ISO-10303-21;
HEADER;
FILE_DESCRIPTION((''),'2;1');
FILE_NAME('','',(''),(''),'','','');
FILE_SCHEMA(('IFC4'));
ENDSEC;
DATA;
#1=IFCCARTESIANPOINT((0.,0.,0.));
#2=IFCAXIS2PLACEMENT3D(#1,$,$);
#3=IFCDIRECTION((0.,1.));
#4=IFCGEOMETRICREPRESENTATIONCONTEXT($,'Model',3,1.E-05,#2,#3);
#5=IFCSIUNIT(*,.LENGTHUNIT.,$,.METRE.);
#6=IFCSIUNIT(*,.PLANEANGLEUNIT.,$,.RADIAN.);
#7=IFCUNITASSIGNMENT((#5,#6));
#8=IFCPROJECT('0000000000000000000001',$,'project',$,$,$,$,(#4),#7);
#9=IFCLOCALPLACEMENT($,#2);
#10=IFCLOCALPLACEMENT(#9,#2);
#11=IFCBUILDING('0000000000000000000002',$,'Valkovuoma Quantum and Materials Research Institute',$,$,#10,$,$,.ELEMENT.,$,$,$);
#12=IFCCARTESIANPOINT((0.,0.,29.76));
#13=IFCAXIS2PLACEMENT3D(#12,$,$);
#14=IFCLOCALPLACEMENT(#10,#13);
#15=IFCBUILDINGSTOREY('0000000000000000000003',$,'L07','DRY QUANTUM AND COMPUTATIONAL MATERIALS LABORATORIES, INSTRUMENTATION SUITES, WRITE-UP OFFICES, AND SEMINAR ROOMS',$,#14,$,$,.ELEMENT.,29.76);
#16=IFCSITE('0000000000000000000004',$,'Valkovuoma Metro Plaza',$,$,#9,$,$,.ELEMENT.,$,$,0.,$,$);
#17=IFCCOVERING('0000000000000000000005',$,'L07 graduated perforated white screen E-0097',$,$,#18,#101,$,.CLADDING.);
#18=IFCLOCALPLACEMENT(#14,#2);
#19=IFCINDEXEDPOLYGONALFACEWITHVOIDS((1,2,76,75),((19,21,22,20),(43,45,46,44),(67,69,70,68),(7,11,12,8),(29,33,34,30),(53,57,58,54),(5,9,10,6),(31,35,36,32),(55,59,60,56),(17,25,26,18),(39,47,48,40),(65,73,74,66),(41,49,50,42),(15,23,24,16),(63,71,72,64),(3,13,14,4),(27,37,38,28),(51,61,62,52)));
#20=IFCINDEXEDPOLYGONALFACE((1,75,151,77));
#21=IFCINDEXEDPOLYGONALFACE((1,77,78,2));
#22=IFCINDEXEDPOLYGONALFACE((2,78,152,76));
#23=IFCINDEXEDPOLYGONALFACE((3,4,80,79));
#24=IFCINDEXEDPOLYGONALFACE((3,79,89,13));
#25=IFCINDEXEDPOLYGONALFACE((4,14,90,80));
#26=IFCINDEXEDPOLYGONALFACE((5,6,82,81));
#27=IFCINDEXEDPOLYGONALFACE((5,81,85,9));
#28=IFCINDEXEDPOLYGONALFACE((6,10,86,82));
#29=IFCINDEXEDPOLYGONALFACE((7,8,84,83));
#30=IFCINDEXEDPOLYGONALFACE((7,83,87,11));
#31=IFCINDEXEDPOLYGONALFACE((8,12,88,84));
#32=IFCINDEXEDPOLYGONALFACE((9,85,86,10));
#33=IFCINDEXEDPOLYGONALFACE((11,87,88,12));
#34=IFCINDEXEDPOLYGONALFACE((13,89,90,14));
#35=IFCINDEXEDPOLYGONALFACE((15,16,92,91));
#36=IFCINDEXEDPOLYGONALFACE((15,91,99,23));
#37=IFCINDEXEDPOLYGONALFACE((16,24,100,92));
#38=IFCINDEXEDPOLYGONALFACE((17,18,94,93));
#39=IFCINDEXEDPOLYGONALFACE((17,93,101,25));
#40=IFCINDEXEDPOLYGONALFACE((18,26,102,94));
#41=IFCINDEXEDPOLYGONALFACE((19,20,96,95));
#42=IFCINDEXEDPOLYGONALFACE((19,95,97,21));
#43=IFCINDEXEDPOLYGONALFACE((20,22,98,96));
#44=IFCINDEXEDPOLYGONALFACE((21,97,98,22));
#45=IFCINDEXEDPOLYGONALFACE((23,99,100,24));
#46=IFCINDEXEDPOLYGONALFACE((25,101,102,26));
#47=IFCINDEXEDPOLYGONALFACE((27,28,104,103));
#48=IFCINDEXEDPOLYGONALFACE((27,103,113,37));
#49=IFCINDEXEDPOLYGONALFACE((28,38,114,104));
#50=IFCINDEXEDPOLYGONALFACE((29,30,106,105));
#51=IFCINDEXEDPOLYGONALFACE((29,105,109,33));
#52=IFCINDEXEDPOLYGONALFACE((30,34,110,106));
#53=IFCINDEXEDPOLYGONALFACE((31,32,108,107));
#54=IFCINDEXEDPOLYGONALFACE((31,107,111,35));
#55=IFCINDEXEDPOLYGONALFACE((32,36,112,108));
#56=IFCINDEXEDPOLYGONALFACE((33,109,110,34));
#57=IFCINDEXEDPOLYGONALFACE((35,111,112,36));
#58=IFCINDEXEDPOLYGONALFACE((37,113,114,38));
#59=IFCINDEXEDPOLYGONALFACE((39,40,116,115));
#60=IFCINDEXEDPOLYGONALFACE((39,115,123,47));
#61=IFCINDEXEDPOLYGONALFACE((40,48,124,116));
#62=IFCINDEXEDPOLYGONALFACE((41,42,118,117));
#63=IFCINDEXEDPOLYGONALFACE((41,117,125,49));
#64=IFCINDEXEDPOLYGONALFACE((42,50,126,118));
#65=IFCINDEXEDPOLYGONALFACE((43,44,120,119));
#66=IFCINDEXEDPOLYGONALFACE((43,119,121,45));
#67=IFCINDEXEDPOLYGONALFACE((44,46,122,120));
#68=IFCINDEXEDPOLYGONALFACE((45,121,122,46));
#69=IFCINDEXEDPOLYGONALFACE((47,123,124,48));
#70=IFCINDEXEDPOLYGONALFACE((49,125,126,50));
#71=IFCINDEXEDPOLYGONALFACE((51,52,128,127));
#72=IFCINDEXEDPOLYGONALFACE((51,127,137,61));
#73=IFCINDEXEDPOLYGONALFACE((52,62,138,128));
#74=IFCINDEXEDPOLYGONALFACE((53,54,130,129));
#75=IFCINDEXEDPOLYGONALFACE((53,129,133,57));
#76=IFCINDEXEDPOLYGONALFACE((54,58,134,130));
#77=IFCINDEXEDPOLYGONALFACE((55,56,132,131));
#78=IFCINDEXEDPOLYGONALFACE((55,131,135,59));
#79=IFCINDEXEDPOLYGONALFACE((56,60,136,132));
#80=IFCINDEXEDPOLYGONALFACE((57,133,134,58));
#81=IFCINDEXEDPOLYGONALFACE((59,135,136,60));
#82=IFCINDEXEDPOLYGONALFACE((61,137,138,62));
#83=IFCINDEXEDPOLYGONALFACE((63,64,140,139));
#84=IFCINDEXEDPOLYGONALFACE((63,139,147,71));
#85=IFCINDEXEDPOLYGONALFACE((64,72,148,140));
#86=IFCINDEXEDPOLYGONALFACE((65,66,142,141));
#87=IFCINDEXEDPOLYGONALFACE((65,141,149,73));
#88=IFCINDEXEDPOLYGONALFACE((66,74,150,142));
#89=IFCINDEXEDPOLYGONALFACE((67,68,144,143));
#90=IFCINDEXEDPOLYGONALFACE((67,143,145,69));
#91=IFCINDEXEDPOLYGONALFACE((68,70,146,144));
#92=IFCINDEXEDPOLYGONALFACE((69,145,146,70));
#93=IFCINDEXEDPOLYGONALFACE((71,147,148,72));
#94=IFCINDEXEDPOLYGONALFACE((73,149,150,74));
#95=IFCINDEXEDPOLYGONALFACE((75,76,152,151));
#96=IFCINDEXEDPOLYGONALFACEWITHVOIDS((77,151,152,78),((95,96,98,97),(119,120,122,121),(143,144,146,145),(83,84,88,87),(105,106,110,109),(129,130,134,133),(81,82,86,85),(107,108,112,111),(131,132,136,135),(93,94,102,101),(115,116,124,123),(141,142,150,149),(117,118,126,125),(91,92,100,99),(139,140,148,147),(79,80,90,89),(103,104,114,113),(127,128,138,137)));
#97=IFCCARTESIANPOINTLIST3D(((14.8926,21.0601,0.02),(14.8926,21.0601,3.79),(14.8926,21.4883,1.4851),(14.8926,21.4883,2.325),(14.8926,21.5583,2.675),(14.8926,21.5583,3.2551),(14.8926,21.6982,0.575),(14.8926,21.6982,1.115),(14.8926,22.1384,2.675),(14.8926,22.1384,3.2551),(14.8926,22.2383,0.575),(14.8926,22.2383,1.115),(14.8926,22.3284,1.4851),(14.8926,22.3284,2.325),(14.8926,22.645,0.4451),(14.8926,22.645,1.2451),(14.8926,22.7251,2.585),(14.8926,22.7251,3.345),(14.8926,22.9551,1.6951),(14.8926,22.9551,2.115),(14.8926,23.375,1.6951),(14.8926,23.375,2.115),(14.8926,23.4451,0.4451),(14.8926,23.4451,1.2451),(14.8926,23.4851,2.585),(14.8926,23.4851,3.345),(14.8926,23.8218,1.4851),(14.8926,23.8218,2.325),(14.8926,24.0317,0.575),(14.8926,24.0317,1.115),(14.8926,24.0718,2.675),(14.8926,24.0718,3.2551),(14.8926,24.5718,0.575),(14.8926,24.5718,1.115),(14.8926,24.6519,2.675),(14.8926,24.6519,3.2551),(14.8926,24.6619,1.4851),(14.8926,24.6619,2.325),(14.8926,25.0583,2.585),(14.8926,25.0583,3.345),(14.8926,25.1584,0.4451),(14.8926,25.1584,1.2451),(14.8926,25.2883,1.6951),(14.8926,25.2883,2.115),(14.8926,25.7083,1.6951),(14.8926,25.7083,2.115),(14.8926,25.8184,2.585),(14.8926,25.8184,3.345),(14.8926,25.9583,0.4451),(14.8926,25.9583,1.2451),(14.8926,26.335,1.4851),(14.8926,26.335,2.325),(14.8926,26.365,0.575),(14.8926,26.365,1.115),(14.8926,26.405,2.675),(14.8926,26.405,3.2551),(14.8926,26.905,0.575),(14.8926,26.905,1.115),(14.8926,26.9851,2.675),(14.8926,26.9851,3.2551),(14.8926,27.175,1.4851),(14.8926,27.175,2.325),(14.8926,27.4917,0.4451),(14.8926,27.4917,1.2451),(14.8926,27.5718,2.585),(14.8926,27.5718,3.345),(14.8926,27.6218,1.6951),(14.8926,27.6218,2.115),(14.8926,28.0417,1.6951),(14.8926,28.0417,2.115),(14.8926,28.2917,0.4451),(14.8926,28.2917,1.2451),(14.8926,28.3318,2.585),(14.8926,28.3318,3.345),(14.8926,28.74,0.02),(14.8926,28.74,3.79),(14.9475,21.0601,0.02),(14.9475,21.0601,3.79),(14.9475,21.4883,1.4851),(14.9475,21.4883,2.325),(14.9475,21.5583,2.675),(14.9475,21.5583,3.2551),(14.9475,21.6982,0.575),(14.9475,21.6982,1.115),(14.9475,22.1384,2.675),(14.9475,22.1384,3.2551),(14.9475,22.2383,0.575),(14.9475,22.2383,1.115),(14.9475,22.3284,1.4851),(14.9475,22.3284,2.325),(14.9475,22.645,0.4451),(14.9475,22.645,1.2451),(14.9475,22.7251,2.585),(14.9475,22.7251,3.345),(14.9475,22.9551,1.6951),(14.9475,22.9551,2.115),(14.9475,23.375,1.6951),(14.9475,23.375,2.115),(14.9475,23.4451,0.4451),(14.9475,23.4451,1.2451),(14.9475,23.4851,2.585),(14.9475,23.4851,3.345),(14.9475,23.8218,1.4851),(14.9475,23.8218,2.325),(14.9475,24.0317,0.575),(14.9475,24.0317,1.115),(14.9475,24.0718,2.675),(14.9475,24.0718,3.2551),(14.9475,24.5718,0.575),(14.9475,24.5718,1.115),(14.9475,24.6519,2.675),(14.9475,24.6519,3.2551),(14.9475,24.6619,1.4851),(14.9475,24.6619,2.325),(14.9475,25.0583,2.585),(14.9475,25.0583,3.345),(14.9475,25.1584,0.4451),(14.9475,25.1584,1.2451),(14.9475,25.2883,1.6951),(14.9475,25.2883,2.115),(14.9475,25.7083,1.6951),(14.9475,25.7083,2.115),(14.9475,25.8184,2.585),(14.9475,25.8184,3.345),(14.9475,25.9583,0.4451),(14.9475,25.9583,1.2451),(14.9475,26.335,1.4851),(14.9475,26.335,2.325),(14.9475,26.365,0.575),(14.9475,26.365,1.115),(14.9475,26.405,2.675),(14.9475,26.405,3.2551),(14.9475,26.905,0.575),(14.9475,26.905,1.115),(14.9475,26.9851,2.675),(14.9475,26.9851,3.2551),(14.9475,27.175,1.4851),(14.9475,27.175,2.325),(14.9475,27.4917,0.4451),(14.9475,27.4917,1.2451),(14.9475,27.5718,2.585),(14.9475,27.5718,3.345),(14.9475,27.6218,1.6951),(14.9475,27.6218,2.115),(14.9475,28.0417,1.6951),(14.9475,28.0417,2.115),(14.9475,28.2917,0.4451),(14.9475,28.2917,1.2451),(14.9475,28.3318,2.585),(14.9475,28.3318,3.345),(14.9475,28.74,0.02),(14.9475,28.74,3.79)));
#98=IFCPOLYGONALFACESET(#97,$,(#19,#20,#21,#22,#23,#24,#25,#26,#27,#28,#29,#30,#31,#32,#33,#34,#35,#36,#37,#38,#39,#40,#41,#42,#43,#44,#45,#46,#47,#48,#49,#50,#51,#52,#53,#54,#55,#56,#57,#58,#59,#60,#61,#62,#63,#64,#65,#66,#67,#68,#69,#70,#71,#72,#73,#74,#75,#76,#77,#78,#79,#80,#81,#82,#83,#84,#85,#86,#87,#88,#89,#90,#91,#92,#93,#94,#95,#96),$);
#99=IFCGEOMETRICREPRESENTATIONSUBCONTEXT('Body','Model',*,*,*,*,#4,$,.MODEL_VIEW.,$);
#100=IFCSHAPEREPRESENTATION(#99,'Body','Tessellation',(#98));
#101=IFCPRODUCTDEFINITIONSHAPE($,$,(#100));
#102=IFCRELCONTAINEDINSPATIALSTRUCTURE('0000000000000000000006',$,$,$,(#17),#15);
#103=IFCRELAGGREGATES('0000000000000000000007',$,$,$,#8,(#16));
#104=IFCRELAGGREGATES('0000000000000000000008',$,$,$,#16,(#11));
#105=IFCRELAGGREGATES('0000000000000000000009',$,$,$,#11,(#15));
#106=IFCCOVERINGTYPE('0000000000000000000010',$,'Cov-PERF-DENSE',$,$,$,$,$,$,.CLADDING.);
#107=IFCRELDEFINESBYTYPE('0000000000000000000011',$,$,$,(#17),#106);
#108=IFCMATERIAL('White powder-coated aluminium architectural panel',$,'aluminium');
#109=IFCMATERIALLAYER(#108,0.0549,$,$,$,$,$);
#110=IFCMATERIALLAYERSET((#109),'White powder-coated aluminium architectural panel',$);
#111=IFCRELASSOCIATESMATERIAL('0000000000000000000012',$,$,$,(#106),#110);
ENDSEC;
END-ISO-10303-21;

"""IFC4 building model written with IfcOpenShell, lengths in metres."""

from ifc_helpers import new_model, si_unit, direction, frame, origin, place, context, subcontext, project, spatial, polyline, outline, extrude, material, layer, layer_set, type_object, element, save


model = new_model("IFC4")

# Units and contexts
model_context = context("Model", 3, precision=1e-05, world=origin(), true_north=direction((0.0, 1.0)))
body_context = subcontext(model_context, "Body", "Model", "MODEL_VIEW")
ifc_project = project(units=[si_unit("LENGTHUNIT", "METRE"), si_unit("PLANEANGLEUNIT", "RADIAN")], contexts=[model_context])

# Site, building, storey
site_placement = place(None, origin())
site = spatial("IfcSite", under=ifc_project, at=site_placement, Name="Valkovuoma Metro Plaza", CompositionType="ELEMENT", RefElevation=0.0)
building_placement = place(site_placement, origin())
building = spatial("IfcBuilding", under=site, at=building_placement, Name="Valkovuoma Quantum and Materials Research Institute", CompositionType="ELEMENT")
storey_placement = place(building_placement, frame((0.0, 0.0, 29.76)))
storey = spatial("IfcBuildingStorey", under=building, at=storey_placement, Name="L07", Description="DRY QUANTUM AND COMPUTATIONAL MATERIALS LABORATORIES, INSTRUMENTATION SUITES, WRITE-UP OFFICES, AND SEMINAR ROOMS", CompositionType="ELEMENT", Elevation=29.76)

# Covering
ifc_material_1 = material(Name="White powder-coated aluminium architectural panel", Category="aluminium")
ifc_layer_1 = layer(ifc_material_1, 0.0549)
ifc_layer_set_1 = layer_set([ifc_layer_1], Name="White powder-coated aluminium architectural panel")
covering_type_1 = type_object("IfcCoveringType", Name="Cov-PERF-DENSE", PredefinedType="CLADDING", material=ifc_layer_set_1)
covering_1_placement = place(storey_placement, frame((14.9199, 21.0601, 0.02), z_axis=(0.0, 0.0, 1.0), x_axis=(0.0, 1.0, 0.0)))
element("IfcCovering", 1, at=covering_1_placement, inside=storey, type_object=covering_type_1, Name="L07 graduated perforated white screen E-0097", PredefinedType="CLADDING", context=body_context, shape_type="SweptSolid", body=[
    extrude(outline(polyline([(0.0, 0.0), (7.6799, 0.0), (7.6799, 3.77), (0.0, 3.77), (0.0, 0.0)]), holes=[polyline([(0.6382, 0.5549), (0.6382, 1.095), (1.1782, 1.095), (1.1782, 0.5549), (0.6382, 0.5549)]), polyline([(0.4282, 1.4651), (0.4282, 2.3049), (1.2683, 2.3049), (1.2683, 1.4651), (0.4282, 1.4651)]), polyline([(0.4983, 2.655), (0.4983, 3.2351), (1.0784, 3.2351), (1.0784, 2.655), (0.4983, 2.655)]), polyline([(1.585, 0.425), (1.585, 1.2251), (2.385, 1.2251), (2.385, 0.425), (1.585, 0.425)]), polyline([(1.895, 1.675), (1.895, 2.095), (2.3149, 2.095), (2.3149, 1.675), (1.895, 1.675)]), polyline([(1.665, 2.5649), (1.665, 3.325), (2.425, 3.325), (2.425, 2.5649), (1.665, 2.5649)]), polyline([(2.9717, 0.5549), (2.9717, 1.095), (3.5117, 1.095), (3.5117, 0.5549), (2.9717, 0.5549)]), polyline([(2.7617, 1.4651), (2.7617, 2.3049), (3.6018, 2.3049), (3.6018, 1.4651), (2.7617, 1.4651)]), polyline([(3.0117, 2.655), (3.0117, 3.2351), (3.5918, 3.2351), (3.5918, 2.655), (3.0117, 2.655)]), polyline([(4.0984, 0.425), (4.0984, 1.2251), (4.8982, 1.2251), (4.8982, 0.425), (4.0984, 0.425)]), polyline([(4.2283, 1.675), (4.2283, 2.095), (4.6482, 2.095), (4.6482, 1.675), (4.2283, 1.675)]), polyline([(3.9983, 2.5649), (3.9983, 3.325), (4.7583, 3.325), (4.7583, 2.5649), (3.9983, 2.5649)]), polyline([(5.3049, 0.5549), (5.3049, 1.095), (5.845, 1.095), (5.845, 0.5549), (5.3049, 0.5549)]), polyline([(5.2749, 1.4651), (5.2749, 2.3049), (6.115, 2.3049), (6.115, 1.4651), (5.2749, 1.4651)]), polyline([(5.345, 2.655), (5.345, 3.2351), (5.925, 3.2351), (5.925, 2.655), (5.345, 2.655)]), polyline([(6.4316, 0.425), (6.4316, 1.2251), (7.2317, 1.2251), (7.2317, 0.425), (6.4316, 0.425)]), polyline([(6.5618, 1.675), (6.5618, 2.095), (6.9817, 2.095), (6.9817, 1.675), (6.5618, 1.675)]), polyline([(6.5117, 2.5649), (6.5117, 3.325), (7.2717, 3.325), (7.2717, 2.5649), (6.5117, 2.5649)])]), frame((0.0, 0.0273, 0.0), z_axis=(0.0, -1.0, 0.0), x_axis=(1.0, 0.0, 0.0)), (0.0, 0.0, 1.0), 0.0549),
])

save(model, "model.ifc")
